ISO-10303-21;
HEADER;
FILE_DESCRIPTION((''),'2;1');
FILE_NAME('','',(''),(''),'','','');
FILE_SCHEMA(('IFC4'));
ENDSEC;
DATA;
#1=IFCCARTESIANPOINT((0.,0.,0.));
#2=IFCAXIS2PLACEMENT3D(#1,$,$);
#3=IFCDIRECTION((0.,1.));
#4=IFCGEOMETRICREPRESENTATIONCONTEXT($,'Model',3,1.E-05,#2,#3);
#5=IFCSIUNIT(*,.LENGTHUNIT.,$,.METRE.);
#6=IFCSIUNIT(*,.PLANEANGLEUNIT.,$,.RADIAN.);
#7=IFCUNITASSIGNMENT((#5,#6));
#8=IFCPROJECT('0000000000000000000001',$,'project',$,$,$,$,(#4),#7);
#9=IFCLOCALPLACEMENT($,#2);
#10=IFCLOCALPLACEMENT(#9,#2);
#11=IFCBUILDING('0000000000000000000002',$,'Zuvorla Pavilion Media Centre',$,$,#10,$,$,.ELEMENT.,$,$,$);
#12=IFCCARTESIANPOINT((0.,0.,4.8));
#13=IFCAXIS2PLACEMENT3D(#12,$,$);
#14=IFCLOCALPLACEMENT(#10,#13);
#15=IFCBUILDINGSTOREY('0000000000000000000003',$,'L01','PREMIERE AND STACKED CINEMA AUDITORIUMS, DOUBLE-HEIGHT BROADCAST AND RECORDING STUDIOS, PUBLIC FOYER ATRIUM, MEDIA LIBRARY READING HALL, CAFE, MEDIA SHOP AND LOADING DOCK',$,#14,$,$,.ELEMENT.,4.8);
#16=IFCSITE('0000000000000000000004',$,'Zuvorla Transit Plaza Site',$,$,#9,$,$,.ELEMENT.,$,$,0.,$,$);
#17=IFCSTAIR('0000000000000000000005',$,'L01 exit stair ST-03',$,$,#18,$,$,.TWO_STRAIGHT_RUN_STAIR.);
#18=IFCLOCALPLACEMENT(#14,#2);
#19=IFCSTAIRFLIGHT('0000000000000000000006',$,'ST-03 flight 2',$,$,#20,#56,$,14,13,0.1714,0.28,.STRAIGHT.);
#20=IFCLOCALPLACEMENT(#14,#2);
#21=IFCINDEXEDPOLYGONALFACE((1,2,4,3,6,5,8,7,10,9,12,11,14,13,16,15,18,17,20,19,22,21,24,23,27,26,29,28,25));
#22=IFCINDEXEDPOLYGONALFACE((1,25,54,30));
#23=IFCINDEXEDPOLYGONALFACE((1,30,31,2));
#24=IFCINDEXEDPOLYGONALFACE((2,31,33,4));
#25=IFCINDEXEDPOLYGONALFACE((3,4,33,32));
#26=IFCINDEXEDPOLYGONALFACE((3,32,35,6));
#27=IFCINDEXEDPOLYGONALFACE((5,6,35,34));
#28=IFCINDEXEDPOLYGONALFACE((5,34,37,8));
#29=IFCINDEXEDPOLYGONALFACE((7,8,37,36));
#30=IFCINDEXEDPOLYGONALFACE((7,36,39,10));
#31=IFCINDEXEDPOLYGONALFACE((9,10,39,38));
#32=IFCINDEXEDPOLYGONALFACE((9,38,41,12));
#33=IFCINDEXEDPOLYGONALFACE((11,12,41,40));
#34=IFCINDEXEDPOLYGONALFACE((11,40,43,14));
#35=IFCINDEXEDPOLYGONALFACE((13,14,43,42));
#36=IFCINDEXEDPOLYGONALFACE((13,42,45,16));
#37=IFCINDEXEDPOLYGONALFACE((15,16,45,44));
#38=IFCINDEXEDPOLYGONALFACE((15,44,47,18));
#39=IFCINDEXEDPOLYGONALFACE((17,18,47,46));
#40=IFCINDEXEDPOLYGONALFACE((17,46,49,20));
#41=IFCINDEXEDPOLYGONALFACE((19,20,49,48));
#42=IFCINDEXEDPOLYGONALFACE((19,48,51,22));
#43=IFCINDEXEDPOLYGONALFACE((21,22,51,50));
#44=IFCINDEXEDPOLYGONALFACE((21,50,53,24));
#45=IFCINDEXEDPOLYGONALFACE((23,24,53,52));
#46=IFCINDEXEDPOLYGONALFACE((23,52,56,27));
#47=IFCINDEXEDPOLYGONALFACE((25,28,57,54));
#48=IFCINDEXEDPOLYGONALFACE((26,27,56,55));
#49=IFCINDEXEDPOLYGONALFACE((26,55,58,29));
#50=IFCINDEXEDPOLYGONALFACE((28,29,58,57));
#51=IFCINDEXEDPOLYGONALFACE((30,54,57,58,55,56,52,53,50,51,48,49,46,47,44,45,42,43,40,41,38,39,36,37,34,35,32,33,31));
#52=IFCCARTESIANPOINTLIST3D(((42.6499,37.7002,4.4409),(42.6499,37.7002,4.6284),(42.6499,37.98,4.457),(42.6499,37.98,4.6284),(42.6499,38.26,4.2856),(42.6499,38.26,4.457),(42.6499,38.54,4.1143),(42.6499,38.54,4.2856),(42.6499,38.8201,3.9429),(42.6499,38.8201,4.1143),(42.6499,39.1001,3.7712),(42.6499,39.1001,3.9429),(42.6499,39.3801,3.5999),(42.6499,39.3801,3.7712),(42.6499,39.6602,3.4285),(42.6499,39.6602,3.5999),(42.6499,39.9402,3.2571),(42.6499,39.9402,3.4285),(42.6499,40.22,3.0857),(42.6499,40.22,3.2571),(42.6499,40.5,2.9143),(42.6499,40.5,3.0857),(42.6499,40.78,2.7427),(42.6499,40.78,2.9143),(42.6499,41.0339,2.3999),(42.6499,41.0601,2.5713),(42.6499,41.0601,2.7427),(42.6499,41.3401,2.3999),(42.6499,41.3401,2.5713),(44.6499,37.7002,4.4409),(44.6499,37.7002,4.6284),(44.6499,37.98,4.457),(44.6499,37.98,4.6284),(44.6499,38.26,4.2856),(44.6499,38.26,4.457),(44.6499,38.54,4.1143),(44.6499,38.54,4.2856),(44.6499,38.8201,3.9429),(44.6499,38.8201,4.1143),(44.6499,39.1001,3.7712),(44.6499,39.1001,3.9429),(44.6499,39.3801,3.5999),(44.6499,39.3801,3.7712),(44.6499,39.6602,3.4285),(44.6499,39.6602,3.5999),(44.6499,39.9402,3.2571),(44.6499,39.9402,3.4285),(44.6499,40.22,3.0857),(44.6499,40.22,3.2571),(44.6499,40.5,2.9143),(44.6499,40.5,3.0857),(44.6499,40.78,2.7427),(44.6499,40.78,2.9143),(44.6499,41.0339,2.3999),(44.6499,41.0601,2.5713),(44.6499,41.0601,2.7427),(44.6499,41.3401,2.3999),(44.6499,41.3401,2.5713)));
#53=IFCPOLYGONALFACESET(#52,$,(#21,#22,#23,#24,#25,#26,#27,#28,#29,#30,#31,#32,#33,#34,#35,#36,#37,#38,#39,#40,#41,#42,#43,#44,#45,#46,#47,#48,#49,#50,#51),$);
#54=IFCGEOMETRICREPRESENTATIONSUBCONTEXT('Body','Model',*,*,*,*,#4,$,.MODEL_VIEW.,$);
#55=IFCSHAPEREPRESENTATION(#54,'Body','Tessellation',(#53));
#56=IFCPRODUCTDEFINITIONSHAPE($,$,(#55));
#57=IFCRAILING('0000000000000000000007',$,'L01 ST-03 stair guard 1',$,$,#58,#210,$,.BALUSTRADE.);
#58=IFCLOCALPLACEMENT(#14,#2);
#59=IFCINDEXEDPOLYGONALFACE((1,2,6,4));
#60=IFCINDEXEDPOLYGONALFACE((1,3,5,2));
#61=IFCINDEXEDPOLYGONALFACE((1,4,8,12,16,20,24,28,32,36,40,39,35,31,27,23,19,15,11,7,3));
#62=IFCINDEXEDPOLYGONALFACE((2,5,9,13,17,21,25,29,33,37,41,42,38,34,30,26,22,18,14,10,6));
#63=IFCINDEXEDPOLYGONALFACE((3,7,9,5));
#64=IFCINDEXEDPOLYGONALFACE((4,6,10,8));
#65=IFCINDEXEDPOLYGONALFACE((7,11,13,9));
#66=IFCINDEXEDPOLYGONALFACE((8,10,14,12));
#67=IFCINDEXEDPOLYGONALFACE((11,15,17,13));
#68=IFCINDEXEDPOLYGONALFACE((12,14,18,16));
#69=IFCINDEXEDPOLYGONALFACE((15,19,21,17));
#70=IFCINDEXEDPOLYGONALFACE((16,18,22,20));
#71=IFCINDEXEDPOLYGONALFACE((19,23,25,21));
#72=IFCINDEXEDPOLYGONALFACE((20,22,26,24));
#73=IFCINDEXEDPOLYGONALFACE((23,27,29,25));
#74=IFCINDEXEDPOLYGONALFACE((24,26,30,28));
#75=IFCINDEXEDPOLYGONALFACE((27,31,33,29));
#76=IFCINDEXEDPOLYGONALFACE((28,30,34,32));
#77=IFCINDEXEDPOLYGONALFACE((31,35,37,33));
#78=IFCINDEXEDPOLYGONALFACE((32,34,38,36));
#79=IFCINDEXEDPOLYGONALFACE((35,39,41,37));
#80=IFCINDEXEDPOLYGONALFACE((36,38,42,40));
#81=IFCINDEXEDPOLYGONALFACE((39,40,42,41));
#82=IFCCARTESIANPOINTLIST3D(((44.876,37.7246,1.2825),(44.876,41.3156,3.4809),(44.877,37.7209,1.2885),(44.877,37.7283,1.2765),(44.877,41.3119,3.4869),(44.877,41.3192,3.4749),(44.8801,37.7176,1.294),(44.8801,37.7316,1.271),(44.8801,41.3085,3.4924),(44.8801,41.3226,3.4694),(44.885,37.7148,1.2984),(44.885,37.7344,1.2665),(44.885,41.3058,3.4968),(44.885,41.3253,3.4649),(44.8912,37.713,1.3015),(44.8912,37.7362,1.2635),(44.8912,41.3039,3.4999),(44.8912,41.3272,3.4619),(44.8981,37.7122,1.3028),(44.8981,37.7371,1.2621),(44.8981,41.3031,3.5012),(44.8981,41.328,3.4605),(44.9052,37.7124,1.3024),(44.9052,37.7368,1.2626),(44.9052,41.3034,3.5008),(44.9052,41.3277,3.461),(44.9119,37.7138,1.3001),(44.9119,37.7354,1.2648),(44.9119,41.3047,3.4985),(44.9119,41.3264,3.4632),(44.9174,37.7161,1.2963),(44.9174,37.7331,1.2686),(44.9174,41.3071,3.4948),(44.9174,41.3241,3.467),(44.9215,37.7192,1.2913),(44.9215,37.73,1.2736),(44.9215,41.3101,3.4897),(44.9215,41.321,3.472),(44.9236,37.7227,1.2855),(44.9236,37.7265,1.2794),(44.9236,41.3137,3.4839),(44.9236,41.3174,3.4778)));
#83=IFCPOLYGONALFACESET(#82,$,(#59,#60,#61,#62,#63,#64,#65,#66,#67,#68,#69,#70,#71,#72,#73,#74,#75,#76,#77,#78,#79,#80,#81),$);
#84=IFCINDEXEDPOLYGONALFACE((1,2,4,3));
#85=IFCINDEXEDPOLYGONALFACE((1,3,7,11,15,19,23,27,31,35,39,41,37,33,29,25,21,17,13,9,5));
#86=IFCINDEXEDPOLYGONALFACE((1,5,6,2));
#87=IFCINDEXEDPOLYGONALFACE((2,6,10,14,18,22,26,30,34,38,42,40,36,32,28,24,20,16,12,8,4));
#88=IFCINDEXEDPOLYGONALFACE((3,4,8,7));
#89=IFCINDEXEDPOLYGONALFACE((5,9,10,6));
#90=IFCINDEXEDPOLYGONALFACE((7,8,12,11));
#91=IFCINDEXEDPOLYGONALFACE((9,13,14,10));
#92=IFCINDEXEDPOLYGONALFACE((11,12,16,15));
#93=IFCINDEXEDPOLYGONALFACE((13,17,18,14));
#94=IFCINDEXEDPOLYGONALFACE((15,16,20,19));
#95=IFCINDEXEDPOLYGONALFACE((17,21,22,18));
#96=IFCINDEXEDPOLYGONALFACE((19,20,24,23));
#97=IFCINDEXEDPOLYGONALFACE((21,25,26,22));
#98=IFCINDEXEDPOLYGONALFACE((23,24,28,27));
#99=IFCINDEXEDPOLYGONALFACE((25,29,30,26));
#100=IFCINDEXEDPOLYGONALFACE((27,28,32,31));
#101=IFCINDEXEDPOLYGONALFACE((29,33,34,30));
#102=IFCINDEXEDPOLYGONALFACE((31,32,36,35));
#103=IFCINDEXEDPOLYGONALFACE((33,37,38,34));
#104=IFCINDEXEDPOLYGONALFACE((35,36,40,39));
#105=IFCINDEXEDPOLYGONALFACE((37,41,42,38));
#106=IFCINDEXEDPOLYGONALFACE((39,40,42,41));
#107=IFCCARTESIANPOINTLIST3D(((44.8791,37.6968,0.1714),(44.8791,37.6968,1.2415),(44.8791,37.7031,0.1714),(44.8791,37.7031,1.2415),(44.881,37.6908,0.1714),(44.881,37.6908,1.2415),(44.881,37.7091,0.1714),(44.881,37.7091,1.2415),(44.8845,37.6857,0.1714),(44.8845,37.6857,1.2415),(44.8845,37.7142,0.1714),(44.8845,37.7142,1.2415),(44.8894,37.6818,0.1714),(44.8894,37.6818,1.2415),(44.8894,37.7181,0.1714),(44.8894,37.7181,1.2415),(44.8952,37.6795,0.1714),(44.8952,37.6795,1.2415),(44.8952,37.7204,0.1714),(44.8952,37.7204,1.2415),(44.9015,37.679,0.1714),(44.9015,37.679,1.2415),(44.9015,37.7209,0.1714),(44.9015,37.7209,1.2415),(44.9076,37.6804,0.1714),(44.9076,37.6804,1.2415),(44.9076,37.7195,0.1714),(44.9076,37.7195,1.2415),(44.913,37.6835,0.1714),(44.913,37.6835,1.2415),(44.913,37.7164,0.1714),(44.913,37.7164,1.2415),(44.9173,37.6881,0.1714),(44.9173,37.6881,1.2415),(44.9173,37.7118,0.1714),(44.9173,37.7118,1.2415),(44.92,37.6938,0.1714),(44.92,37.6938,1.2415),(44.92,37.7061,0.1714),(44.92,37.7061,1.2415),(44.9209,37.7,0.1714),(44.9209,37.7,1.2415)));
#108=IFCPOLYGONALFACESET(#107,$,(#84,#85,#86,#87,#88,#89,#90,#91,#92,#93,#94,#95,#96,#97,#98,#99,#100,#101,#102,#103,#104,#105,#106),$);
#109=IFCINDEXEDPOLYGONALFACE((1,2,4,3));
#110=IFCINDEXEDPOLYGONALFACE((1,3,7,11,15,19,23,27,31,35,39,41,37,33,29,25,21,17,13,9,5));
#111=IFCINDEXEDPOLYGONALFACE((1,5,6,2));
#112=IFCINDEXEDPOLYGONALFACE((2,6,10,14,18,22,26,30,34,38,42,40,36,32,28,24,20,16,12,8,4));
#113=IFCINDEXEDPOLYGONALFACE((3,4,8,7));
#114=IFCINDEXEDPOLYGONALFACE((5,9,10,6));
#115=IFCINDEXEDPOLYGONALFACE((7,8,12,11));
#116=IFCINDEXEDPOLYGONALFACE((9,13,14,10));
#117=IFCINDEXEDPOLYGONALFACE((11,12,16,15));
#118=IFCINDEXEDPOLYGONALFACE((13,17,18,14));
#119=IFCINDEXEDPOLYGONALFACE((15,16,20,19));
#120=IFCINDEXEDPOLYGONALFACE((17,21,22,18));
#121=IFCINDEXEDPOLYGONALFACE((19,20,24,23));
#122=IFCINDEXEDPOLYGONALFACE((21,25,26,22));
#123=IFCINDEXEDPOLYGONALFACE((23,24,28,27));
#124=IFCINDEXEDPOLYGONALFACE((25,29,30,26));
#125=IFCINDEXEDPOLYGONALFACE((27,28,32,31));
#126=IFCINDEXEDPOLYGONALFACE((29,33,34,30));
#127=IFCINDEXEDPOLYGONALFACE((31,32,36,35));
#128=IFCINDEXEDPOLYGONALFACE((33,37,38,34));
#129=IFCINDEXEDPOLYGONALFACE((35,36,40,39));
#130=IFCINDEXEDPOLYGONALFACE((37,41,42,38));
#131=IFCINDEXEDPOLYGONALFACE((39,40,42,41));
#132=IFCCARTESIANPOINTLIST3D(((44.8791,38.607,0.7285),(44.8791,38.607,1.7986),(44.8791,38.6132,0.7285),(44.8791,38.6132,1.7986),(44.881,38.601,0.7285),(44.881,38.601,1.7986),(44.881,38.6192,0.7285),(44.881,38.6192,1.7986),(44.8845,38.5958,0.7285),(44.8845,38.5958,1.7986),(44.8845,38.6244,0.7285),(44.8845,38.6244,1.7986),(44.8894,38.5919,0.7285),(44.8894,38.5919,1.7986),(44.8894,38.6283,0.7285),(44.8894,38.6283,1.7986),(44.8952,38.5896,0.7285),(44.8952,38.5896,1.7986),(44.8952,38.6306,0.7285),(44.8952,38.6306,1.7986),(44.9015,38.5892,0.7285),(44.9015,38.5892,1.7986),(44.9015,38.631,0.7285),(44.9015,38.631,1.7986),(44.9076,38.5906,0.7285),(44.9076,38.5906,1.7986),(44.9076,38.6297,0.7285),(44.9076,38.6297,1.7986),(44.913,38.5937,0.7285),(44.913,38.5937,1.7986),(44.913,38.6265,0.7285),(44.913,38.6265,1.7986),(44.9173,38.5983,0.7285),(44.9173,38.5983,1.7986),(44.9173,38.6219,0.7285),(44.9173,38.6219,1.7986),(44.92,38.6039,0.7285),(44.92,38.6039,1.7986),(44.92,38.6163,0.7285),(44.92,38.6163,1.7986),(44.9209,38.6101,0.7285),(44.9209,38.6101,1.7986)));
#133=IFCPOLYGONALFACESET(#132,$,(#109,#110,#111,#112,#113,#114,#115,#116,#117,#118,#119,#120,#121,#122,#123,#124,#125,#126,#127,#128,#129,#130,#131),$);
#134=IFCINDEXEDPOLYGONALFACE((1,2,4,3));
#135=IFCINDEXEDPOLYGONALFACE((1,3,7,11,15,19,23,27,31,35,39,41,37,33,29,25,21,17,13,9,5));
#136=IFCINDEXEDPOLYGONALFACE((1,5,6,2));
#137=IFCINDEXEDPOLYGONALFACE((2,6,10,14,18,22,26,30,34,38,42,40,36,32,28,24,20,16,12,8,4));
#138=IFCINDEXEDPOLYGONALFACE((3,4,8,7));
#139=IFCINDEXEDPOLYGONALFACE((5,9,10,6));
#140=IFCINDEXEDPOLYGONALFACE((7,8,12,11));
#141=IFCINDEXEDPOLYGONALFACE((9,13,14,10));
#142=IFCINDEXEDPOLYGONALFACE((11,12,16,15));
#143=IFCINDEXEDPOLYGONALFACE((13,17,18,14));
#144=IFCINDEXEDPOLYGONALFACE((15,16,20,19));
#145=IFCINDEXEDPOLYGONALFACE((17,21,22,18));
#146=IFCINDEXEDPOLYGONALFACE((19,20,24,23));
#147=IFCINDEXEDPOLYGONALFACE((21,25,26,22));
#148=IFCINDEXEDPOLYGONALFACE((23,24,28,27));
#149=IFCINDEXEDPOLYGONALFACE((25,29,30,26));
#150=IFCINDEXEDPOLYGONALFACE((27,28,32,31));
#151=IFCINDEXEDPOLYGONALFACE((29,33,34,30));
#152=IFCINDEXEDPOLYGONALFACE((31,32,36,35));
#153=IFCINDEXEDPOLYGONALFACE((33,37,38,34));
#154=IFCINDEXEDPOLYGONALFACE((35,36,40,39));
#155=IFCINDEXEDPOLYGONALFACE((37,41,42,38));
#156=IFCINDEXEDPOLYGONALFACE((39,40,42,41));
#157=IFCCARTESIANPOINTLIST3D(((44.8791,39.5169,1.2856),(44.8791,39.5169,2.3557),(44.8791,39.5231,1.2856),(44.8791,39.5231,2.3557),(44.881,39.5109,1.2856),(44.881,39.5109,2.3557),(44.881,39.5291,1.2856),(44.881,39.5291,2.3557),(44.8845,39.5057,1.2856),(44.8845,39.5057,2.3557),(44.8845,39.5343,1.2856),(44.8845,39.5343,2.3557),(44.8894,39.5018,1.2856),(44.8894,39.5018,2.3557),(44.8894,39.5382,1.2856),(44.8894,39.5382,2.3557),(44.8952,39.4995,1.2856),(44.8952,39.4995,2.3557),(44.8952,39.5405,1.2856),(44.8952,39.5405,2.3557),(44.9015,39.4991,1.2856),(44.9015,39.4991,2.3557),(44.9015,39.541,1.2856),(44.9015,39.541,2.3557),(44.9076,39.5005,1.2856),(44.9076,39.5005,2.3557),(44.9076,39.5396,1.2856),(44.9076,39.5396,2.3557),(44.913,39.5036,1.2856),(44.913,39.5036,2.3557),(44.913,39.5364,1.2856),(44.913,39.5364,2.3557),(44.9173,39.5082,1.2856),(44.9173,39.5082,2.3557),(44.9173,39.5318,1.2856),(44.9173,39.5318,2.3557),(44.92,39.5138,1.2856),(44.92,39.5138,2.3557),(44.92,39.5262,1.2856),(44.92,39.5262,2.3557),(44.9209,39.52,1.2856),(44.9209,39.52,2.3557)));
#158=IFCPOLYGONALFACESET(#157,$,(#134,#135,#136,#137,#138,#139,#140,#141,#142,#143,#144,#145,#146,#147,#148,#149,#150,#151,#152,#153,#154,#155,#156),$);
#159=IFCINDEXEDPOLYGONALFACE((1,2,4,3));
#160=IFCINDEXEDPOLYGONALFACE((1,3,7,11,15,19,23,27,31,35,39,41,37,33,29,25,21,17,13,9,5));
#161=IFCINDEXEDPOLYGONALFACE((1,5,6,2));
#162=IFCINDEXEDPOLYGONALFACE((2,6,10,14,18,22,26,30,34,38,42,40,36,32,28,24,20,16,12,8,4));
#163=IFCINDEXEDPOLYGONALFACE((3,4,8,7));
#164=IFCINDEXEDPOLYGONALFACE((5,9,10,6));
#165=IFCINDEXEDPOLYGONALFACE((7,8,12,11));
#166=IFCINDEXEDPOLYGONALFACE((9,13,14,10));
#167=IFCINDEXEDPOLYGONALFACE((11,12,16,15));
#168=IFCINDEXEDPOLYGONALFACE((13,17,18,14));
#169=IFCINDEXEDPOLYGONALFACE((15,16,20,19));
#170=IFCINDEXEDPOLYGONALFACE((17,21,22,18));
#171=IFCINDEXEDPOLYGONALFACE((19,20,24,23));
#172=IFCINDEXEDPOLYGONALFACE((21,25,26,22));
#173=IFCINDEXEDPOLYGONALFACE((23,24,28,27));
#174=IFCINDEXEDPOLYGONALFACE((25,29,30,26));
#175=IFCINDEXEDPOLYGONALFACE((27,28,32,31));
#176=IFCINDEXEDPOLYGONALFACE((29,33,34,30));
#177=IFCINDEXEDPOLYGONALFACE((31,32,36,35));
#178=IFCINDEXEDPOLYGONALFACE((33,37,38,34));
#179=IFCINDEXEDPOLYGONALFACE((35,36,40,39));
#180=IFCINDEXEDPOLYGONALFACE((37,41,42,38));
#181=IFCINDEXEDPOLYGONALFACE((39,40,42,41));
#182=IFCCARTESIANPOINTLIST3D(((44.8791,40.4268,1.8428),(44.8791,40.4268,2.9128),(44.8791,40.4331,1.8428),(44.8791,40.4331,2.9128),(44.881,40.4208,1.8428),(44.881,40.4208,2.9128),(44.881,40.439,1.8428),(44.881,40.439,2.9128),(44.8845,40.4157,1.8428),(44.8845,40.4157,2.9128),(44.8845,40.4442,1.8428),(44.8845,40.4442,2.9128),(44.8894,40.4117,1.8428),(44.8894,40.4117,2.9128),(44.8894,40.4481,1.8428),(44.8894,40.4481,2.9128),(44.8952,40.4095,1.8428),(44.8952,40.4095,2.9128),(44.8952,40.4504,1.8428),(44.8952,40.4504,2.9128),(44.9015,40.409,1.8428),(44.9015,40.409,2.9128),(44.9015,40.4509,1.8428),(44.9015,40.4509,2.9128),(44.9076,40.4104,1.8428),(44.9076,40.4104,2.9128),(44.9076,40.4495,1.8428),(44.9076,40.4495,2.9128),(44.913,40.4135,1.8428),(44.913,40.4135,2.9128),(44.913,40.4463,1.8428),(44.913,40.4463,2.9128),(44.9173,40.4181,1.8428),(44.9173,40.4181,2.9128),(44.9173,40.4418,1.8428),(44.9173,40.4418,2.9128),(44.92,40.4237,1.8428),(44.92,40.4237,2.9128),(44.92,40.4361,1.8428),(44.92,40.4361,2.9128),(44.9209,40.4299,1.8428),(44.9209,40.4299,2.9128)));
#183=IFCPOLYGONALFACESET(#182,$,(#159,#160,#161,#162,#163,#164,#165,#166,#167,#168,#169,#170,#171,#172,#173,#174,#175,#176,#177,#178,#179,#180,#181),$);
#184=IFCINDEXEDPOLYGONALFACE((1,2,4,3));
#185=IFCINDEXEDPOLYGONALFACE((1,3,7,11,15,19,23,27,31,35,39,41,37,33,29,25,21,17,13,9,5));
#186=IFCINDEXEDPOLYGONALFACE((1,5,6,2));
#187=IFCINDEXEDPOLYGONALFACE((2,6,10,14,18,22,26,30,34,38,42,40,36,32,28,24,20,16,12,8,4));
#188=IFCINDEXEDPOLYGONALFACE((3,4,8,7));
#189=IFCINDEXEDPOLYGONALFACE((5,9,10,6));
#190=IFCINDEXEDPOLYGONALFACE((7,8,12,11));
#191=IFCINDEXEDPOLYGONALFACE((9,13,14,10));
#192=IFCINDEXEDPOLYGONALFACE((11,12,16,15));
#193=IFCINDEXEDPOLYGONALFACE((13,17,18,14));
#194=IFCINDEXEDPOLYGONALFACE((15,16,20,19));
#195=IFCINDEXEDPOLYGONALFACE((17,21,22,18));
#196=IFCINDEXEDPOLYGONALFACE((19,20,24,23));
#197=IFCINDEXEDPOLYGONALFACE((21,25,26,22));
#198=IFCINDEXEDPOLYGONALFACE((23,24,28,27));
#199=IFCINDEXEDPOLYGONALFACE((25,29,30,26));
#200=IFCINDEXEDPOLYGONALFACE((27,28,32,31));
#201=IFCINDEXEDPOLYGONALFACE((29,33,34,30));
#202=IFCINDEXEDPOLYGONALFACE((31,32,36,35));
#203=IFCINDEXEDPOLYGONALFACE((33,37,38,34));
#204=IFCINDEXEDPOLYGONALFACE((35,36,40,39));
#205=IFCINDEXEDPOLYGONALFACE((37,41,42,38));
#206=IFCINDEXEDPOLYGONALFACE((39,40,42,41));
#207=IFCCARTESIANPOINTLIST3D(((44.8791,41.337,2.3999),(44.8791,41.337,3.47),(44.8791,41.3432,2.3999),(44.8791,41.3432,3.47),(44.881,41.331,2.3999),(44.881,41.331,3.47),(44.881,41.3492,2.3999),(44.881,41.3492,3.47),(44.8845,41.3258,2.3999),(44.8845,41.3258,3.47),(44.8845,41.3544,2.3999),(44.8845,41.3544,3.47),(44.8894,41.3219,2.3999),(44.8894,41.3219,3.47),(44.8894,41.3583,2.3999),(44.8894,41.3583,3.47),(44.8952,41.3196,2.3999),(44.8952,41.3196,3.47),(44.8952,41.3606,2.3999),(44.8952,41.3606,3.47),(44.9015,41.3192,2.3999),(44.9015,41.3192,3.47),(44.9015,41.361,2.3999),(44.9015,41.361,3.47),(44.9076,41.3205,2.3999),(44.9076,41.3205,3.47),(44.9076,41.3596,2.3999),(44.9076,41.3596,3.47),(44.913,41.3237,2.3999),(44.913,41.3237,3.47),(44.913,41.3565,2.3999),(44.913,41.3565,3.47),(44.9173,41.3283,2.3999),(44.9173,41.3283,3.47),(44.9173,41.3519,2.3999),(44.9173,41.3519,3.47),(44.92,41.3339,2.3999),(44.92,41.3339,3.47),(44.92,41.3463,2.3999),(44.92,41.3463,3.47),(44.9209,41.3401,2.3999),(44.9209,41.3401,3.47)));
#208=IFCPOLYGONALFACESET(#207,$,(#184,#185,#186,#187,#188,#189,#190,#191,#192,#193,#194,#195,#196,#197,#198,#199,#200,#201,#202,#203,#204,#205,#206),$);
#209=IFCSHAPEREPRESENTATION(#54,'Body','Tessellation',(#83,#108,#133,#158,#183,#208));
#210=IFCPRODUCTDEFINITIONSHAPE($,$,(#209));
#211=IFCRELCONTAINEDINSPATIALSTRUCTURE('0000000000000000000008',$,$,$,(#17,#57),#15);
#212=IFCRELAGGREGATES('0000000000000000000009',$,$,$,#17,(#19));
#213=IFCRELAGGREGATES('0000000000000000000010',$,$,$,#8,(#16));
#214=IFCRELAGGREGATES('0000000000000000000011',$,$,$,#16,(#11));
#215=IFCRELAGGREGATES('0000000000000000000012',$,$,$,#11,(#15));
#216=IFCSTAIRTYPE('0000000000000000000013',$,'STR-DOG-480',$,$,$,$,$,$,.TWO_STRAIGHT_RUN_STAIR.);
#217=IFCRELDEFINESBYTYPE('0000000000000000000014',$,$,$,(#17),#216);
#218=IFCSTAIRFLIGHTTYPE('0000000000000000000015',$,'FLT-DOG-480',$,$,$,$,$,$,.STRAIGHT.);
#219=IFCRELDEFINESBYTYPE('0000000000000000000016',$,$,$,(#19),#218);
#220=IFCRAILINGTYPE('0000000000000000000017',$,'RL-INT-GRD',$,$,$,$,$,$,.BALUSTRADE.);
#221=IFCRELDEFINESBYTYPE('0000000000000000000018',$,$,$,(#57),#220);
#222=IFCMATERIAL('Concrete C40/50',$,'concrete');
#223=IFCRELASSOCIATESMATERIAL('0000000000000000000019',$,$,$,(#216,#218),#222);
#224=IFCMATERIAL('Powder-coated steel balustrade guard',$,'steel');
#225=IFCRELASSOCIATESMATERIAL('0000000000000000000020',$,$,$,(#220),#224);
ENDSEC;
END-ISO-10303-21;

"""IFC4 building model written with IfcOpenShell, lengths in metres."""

from ifc_helpers import new_model, si_unit, direction, frame, origin, origin_2d, place, context, subcontext, project, spatial, polyline, circle, outline, extrude, material, type_object, element, aggregate, save


model = new_model("IFC4")

# Units and contexts
model_context = context("Model", 3, precision=1e-05, world=origin(), true_north=direction((0.0, 1.0)))
body_context = subcontext(model_context, "Body", "Model", "MODEL_VIEW")
ifc_project = project(units=[si_unit("LENGTHUNIT", "METRE"), si_unit("PLANEANGLEUNIT", "RADIAN")], contexts=[model_context])

# Site, building, storey
site_placement = place(None, origin())
site = spatial("IfcSite", under=ifc_project, at=site_placement, Name="Zuvorla Transit Plaza Site", CompositionType="ELEMENT", RefElevation=0.0)
building_placement = place(site_placement, origin())
building = spatial("IfcBuilding", under=site, at=building_placement, Name="Zuvorla Pavilion Media Centre", CompositionType="ELEMENT")
storey_placement = place(building_placement, frame((0.0, 0.0, 4.8)))
storey = spatial("IfcBuildingStorey", under=building, at=storey_placement, Name="L01", Description="PREMIERE AND STACKED CINEMA AUDITORIUMS, DOUBLE-HEIGHT BROADCAST AND RECORDING STUDIOS, PUBLIC FOYER ATRIUM, MEDIA LIBRARY READING HALL, CAFE, MEDIA SHOP AND LOADING DOCK", CompositionType="ELEMENT", Elevation=4.8)

# Shared definitions
ifc_material_1 = material(Name="Concrete C40/50", Category="concrete")

# Stair, stair flight
stair_type = type_object("IfcStairType", Name="STR-DOG-480", PredefinedType="TWO_STRAIGHT_RUN_STAIR", material=ifc_material_1)
stair_placement = place(storey_placement, origin())
stair = element("IfcStair", 1, at=stair_placement, inside=storey, type_object=stair_type, Name="L01 exit stair ST-03", PredefinedType="TWO_STRAIGHT_RUN_STAIR")
stair_flight_type = type_object("IfcStairFlightType", Name="FLT-DOG-480", PredefinedType="STRAIGHT", material=ifc_material_1)
stair_flight_1_placement = place(storey_placement, frame((43.6499, 41.3401, 2.3999), z_axis=(0.0, 0.0, 1.0), x_axis=(0.0, -1.0, 0.0)))
stair_flight_1 = element("IfcStairFlight", 2, at=stair_flight_1_placement, type_object=stair_flight_type, Name="ST-03 flight 2", NumberOfRisers=14, NumberOfTreads=13, PredefinedType="STRAIGHT", RiserHeight=0.1714, TreadLength=0.28, context=body_context, shape_type="SweptSolid", body=[
    extrude(outline(polyline([(0.0, 0.0), (0.0, 0.1714), (0.28, 0.1714), (0.28, 0.3428), (0.5601, 0.3428), (0.5601, 0.5144), (0.8401, 0.5144), (0.8401, 0.6858), (1.1201, 0.6858), (1.1201, 0.8572), (1.3999, 0.8572), (1.3999, 1.0286), (1.6799, 1.0286), (1.6799, 1.2), (1.96, 1.2), (1.96, 1.3713), (2.24, 1.3713), (2.24, 1.543), (2.52, 1.543), (2.52, 1.7144), (2.8, 1.7144), (2.8, 1.8857), (3.0801, 1.8857), (3.0801, 2.0571), (3.3601, 2.0571), (3.3601, 2.2285), (3.6399, 2.2285), (3.6399, 2.3999), (3.6399, 2.041), (0.3062, 0.0), (0.0, 0.0)])), frame((0.0, 1.0, 0.0), z_axis=(0.0, -1.0, 0.0), x_axis=(1.0, 0.0, 0.0)), (0.0, 0.0, 1.0), 2.0),
])
aggregate(stair, [stair_flight_1])

# Railing
ifc_material_2 = material(Name="Powder-coated steel balustrade guard", Category="steel")
railing_type_1 = type_object("IfcRailingType", Name="RL-INT-GRD", PredefinedType="BALUSTRADE", material=ifc_material_2)
railing_1_placement = place(storey_placement, frame((44.8999, 37.7, 0.1714)))
element("IfcRailing", 3, at=railing_1_placement, inside=storey, type_object=railing_type_1, Name="L01 ST-03 stair guard 1", PredefinedType="BALUSTRADE", context=body_context, shape_type="SweptSolid", body=[
    extrude(circle(Radius=0.0239, at=origin_2d()), frame((0.0, 0.0247, 1.1111), z_axis=(0.0, 0.852866, 0.52213), x_axis=(-1.0, 0.0, 0.0)), (0.0, 0.0, 1.0), 4.2104),
    extrude(circle(Radius=0.021, at=origin_2d()), origin(), (0.0, 0.0, 1.0), 1.0701),
    extrude(circle(Radius=0.021, at=origin_2d()), frame((0.0, 0.9102, 0.5571)), (0.0, 0.0, 1.0), 1.0701),
    extrude(circle(Radius=0.021, at=origin_2d()), frame((0.0, 1.8201, 1.1143)), (0.0, 0.0, 1.0), 1.0701),
    extrude(circle(Radius=0.021, at=origin_2d()), frame((0.0, 2.73, 1.6714)), (0.0, 0.0, 1.0), 1.0701),
    extrude(circle(Radius=0.021, at=origin_2d()), frame((0.0, 3.6401, 2.2285)), (0.0, 0.0, 1.0), 1.0701),
])

save(model, "model.ifc")
